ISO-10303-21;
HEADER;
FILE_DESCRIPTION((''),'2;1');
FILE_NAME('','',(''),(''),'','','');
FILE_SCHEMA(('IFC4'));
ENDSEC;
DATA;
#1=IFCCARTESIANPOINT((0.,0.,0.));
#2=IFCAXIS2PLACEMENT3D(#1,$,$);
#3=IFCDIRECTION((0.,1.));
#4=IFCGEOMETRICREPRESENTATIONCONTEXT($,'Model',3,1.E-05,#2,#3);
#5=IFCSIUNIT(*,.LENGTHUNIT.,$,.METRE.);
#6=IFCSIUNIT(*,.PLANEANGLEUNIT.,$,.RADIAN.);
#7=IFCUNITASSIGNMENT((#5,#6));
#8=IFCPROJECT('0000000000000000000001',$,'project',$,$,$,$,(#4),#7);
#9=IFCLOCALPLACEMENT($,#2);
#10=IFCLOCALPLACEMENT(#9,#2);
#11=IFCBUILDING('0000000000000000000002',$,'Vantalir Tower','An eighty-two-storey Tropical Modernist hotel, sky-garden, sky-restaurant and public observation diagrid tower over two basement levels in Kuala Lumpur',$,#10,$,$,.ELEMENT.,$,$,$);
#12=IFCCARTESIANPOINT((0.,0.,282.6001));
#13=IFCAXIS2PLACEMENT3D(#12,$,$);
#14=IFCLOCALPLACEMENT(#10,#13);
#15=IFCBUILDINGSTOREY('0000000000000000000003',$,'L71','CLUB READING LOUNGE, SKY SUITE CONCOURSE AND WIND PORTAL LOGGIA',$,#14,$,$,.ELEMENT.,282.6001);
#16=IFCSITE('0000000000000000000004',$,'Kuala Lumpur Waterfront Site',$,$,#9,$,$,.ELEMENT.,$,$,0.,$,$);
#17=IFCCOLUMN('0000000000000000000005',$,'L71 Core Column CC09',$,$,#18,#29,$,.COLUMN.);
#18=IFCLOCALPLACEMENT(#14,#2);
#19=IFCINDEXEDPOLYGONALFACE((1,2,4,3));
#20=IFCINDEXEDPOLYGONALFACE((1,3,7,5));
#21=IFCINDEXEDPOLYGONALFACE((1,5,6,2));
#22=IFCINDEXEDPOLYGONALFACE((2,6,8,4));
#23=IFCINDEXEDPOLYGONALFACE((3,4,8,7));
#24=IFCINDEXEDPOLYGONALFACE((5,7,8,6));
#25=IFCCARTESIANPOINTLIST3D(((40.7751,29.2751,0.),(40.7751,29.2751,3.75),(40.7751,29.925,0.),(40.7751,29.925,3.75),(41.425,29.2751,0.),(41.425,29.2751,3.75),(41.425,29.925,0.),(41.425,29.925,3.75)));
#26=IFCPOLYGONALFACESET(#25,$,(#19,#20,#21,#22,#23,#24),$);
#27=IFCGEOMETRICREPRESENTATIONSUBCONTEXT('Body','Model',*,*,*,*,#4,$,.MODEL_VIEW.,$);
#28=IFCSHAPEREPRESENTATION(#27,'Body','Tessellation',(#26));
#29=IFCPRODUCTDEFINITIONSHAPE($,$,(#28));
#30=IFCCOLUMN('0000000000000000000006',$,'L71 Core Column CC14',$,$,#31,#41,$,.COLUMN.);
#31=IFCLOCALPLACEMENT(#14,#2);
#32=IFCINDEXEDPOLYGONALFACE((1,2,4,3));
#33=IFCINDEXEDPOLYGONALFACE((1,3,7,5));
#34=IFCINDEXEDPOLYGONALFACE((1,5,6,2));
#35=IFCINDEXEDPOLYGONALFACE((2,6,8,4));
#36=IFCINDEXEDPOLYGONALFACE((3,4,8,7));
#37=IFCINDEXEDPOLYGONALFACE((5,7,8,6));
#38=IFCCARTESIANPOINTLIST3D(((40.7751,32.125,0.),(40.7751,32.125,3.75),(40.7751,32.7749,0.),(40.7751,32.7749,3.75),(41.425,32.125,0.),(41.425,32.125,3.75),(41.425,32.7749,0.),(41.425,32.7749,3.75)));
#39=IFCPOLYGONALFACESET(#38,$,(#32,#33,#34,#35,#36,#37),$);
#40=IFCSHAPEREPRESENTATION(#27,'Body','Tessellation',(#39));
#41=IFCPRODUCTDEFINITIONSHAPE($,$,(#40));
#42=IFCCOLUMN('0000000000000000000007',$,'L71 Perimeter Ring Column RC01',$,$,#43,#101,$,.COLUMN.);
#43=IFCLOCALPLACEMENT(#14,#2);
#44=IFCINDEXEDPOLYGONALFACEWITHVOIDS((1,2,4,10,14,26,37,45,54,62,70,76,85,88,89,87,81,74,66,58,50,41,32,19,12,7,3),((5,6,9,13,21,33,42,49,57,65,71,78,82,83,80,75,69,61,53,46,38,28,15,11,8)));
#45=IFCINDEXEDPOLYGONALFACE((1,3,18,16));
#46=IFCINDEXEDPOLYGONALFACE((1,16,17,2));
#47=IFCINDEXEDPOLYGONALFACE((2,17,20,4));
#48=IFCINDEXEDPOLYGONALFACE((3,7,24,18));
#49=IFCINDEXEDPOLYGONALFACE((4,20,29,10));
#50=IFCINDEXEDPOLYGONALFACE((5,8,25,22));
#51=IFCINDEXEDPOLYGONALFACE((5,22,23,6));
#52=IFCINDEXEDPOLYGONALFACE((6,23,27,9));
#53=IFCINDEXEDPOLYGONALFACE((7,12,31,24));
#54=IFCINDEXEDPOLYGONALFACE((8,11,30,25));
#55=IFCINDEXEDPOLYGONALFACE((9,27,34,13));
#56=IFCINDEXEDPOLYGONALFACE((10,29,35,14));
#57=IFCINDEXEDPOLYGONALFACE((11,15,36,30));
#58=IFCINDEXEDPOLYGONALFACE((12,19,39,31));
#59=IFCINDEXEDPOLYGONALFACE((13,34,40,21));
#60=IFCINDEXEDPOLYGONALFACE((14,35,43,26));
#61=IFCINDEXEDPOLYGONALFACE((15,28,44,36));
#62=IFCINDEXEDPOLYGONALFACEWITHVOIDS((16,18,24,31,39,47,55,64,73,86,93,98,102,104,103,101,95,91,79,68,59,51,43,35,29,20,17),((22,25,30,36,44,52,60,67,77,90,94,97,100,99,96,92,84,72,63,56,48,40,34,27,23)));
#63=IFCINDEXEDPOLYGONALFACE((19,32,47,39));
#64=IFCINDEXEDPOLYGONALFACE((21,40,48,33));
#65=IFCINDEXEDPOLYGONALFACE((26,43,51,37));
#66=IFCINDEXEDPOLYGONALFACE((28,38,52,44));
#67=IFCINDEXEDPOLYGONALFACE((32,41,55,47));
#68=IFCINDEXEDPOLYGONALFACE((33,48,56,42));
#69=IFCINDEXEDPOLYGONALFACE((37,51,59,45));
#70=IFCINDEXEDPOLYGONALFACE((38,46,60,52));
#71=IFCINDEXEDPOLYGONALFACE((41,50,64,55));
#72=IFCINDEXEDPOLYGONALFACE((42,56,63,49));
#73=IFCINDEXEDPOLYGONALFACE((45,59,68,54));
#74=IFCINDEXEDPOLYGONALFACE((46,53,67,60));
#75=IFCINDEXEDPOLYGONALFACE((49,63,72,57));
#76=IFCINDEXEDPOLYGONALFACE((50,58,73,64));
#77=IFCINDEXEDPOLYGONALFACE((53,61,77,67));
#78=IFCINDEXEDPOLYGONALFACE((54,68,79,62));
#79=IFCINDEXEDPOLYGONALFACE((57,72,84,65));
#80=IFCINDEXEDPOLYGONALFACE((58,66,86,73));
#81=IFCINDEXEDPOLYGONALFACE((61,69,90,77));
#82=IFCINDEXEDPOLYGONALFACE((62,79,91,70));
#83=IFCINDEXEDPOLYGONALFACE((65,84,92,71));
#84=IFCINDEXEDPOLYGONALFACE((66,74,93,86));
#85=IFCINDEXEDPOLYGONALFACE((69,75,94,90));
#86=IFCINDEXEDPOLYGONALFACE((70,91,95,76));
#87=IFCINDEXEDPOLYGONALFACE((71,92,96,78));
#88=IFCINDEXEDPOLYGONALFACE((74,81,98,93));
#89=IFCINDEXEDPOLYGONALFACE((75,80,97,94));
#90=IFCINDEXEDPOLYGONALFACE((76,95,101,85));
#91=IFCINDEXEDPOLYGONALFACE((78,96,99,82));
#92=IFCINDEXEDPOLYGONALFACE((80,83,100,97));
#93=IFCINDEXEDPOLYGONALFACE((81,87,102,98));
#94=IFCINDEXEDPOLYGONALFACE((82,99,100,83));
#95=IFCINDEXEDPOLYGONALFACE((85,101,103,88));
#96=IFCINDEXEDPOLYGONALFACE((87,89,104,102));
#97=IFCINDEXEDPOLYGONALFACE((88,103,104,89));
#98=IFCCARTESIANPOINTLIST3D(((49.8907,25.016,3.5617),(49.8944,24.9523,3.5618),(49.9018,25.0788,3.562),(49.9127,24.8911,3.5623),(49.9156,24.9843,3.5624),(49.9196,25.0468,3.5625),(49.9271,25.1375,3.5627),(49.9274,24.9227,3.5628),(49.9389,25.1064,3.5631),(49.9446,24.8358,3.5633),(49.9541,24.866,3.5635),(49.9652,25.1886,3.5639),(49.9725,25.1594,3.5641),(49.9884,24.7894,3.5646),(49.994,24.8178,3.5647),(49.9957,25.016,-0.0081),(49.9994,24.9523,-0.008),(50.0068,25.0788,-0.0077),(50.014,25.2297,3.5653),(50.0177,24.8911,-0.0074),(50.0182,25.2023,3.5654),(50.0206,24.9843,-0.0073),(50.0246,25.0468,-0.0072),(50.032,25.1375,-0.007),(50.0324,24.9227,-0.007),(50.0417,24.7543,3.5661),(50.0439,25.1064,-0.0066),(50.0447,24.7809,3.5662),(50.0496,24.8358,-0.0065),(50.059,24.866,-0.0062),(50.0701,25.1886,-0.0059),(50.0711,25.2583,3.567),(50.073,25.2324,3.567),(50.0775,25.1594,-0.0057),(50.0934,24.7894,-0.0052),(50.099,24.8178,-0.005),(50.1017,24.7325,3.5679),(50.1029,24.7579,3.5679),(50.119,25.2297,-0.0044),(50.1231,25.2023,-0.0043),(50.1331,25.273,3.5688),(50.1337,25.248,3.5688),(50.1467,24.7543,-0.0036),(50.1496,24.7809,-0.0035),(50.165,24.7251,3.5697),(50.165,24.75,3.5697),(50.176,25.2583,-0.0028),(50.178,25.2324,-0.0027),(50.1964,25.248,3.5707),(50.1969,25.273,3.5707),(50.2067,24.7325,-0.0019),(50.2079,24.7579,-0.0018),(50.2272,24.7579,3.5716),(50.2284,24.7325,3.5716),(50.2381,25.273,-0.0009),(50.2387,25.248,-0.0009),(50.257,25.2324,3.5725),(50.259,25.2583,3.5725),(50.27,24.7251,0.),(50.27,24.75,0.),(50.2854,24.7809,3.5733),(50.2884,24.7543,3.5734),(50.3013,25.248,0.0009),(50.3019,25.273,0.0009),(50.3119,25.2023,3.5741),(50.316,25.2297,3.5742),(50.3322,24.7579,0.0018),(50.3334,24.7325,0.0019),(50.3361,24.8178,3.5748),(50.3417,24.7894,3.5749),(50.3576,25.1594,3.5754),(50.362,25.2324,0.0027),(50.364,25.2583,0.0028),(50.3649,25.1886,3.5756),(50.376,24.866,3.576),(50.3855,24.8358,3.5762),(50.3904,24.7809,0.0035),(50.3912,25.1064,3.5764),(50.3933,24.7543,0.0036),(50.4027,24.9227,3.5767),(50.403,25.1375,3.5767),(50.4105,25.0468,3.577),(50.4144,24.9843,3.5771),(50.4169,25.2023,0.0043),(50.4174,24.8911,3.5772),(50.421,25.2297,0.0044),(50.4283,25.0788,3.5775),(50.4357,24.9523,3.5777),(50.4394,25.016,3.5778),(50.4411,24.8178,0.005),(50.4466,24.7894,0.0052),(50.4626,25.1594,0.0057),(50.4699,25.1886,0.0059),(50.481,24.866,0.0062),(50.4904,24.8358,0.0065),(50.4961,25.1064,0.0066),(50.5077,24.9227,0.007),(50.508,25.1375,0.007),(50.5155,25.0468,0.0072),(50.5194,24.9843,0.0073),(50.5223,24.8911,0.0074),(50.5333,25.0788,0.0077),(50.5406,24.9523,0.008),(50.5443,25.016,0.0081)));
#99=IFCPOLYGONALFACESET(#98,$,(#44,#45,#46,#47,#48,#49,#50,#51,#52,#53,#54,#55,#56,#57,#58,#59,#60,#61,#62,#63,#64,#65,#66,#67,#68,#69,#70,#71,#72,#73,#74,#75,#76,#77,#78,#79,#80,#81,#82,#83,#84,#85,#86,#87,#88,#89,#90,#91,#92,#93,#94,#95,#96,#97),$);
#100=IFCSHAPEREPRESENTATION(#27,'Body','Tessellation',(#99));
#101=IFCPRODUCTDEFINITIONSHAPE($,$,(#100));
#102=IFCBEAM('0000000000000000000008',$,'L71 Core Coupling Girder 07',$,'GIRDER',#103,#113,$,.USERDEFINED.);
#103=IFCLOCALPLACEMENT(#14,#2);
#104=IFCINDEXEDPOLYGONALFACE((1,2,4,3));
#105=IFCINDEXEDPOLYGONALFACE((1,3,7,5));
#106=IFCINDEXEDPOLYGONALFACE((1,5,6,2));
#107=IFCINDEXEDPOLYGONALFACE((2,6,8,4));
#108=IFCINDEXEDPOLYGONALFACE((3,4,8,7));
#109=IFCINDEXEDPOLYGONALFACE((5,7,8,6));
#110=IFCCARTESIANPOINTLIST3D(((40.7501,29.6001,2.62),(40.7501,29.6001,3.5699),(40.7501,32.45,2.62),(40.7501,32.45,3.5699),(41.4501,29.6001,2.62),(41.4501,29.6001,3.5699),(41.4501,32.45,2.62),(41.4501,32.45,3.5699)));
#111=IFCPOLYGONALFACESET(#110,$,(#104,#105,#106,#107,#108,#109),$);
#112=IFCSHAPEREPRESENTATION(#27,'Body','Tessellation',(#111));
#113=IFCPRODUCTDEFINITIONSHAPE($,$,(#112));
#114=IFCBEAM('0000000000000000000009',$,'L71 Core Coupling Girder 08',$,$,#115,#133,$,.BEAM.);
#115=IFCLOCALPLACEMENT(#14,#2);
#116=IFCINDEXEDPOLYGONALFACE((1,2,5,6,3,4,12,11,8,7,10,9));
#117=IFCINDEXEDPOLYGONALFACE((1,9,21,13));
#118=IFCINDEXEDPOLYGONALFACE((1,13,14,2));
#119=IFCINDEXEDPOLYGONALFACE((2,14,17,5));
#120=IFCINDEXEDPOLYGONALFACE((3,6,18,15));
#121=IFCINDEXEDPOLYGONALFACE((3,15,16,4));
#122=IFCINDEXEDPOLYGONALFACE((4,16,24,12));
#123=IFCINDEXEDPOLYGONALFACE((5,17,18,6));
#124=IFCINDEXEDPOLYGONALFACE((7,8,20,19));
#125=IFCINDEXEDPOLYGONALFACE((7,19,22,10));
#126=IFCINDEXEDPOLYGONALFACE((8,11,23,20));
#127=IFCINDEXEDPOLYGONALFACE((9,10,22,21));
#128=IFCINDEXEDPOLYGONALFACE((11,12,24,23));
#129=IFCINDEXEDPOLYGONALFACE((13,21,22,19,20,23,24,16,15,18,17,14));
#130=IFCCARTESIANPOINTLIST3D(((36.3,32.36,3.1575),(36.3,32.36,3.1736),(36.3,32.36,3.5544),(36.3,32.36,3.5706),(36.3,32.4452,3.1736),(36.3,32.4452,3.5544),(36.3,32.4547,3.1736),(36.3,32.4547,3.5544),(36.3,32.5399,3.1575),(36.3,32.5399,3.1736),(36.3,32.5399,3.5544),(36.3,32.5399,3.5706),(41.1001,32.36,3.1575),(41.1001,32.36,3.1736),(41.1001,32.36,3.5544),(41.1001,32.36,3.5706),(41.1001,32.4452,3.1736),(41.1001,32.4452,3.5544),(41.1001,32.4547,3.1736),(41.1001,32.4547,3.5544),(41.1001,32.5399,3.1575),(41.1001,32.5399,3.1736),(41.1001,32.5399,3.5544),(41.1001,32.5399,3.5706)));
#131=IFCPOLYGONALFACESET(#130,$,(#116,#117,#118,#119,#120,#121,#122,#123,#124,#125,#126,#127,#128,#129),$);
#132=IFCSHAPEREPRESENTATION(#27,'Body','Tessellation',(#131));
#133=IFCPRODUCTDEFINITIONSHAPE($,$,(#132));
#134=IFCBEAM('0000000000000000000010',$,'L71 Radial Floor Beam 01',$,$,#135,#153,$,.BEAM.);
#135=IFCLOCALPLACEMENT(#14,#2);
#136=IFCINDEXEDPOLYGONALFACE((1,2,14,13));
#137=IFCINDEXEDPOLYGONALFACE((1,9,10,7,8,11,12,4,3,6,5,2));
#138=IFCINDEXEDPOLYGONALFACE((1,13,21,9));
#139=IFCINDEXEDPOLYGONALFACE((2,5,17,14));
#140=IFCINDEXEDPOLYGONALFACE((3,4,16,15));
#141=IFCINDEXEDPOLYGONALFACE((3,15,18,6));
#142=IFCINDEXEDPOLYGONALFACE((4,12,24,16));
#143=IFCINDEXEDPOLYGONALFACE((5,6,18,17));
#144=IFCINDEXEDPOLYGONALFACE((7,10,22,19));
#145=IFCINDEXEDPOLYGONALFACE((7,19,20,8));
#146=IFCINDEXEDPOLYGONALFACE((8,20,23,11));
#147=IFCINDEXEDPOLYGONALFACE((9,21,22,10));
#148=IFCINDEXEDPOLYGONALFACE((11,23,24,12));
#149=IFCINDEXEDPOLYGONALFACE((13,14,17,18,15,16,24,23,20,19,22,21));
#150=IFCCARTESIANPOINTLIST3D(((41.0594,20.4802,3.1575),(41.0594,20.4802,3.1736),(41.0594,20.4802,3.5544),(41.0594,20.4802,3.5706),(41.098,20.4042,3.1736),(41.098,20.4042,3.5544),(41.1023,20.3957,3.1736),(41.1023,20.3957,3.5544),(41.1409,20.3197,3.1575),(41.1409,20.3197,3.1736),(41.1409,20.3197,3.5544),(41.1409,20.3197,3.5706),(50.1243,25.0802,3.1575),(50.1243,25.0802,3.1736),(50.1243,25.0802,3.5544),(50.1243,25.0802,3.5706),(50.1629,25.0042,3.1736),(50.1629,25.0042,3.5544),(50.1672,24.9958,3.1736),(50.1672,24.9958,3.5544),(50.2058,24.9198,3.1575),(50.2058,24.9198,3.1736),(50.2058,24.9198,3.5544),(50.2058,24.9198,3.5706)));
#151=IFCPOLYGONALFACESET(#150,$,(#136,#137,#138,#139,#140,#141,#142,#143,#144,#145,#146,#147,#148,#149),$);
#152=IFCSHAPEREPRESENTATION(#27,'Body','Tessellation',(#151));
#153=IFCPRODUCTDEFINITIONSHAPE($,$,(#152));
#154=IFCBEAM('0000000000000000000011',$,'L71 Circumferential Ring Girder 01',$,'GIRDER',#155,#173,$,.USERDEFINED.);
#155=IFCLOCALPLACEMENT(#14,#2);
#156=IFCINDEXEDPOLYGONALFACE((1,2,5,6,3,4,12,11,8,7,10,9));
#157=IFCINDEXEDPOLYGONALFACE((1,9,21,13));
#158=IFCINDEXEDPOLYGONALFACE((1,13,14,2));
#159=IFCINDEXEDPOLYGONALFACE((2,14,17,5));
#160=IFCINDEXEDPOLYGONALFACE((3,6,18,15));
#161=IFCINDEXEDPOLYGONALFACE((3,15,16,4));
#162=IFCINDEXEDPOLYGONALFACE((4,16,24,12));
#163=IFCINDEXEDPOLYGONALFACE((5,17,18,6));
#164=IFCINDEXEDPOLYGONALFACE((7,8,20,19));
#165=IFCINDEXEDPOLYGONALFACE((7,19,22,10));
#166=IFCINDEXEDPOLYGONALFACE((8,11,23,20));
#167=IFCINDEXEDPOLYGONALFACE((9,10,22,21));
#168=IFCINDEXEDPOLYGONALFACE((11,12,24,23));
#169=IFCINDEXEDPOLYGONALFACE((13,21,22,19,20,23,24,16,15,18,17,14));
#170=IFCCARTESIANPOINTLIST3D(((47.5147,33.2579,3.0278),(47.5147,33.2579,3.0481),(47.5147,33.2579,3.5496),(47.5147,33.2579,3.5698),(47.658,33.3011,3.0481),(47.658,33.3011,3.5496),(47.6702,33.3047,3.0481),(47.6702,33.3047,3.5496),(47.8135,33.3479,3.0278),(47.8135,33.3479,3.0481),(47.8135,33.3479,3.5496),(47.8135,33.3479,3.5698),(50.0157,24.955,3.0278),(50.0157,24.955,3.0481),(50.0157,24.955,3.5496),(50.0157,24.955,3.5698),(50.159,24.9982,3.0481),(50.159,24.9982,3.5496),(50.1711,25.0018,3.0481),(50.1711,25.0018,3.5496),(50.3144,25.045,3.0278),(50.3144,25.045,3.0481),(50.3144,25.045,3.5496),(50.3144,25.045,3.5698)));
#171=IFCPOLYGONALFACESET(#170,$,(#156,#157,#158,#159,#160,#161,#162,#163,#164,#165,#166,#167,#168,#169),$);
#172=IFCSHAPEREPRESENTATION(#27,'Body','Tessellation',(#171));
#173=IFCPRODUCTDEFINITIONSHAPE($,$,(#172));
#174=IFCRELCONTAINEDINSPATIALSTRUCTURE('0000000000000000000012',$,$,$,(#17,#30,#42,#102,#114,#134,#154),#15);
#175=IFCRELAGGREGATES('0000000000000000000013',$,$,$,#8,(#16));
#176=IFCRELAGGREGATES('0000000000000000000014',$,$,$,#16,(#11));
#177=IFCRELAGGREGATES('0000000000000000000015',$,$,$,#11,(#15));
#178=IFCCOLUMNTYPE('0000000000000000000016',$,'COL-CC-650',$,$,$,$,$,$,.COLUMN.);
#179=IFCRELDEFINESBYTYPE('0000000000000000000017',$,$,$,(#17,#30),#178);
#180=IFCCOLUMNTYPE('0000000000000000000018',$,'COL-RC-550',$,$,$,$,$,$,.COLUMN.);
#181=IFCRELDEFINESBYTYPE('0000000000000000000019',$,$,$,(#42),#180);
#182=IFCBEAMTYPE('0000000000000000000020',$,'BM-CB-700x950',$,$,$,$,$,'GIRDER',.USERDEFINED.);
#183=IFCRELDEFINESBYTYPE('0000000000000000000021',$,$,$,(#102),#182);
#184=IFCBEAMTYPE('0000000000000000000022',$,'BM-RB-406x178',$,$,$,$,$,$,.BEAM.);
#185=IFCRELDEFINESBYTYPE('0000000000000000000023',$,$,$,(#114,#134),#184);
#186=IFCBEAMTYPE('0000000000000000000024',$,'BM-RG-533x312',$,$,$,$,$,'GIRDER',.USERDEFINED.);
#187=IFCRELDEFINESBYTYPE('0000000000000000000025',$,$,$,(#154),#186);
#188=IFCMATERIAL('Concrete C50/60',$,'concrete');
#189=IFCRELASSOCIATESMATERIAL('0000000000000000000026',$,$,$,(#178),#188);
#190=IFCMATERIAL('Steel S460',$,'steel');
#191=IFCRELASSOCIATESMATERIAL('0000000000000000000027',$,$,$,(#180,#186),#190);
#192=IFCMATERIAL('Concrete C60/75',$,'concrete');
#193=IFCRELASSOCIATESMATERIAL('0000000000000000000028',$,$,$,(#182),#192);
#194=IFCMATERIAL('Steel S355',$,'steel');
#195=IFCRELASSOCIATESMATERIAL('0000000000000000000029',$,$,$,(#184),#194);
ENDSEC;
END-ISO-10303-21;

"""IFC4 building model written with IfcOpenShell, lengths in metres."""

from ifc_helpers import new_model, si_unit, direction, frame, origin, origin_2d, place, context, subcontext, project, spatial, rectangle, hollow_circle, i_section, extrude, material, material_profile, profile_set, type_object, element, save


model = new_model("IFC4")

# Units and contexts
model_context = context("Model", 3, precision=1e-05, world=origin(), true_north=direction((0.0, 1.0)))
body_context = subcontext(model_context, "Body", "Model", "MODEL_VIEW")
ifc_project = project(units=[si_unit("LENGTHUNIT", "METRE"), si_unit("PLANEANGLEUNIT", "RADIAN")], contexts=[model_context])

# Site, building, storey
site_placement = place(None, origin())
site = spatial("IfcSite", under=ifc_project, at=site_placement, Name="Kuala Lumpur Waterfront Site", CompositionType="ELEMENT", RefElevation=0.0)
building_placement = place(site_placement, origin())
building = spatial("IfcBuilding", under=site, at=building_placement, Name="Vantalir Tower", Description="An eighty-two-storey Tropical Modernist hotel, sky-garden, sky-restaurant and public observation diagrid tower over two basement levels in Kuala Lumpur", CompositionType="ELEMENT")
storey_placement = place(building_placement, frame((0.0, 0.0, 282.6001)))
storey = spatial("IfcBuildingStorey", under=building, at=storey_placement, Name="L71", Description="CLUB READING LOUNGE, SKY SUITE CONCOURSE AND WIND PORTAL LOGGIA", CompositionType="ELEMENT", Elevation=282.6001)

# Columns
ifc_material_1 = material(Name="Concrete C50/60", Category="concrete")
ifc_material_profile_1 = material_profile(ifc_material_1, rectangle(XDim=0.6499, YDim=0.6499, at=origin_2d()), Name="Concrete C50/60")
ifc_profile_set_1 = profile_set([ifc_material_profile_1], Name="Concrete C50/60")
column_type_1 = type_object("IfcColumnType", Name="COL-CC-650", PredefinedType="COLUMN", material=ifc_profile_set_1)
for number, where, z_axis, x_axis, name in (
    (1, (41.1001, 29.6001, 0.0), (0.0, 0.0, 1.0), (1.0, 0.0, 0.0), "L71 Core Column CC09"),
    (2, (41.1001, 32.45, 0.0), (0.0, 0.0, 1.0), (1.0, 0.0, 0.0), "L71 Core Column CC14"),
):
    element("IfcColumn", number, at=place(storey_placement, frame(where, z_axis=z_axis, x_axis=x_axis)), inside=storey, type_object=column_type_1, Name=name, PredefinedType="COLUMN", context=body_context, shape_type="SweptSolid", body=[
        extrude(rectangle(XDim=0.6499, YDim=0.6499, at=origin_2d()), origin(), (0.0, 0.0, 1.0), 3.75),
    ])
ifc_material_2 = material(Name="Steel S460", Category="steel")
ifc_material_profile_2 = material_profile(ifc_material_2, hollow_circle(Radius=0.2749, WallThickness=0.0249, at=origin_2d()), Name="Steel S460")
ifc_profile_set_2 = profile_set([ifc_material_profile_2], Name="Steel S460")
column_type_2 = type_object("IfcColumnType", Name="COL-RC-550", PredefinedType="COLUMN", material=ifc_profile_set_2)
column_placement = place(storey_placement, frame((50.27, 25.0, 0.0), z_axis=(-0.029395, 0.0, 0.999568), x_axis=(0.0, -1.0, 0.0)))
element("IfcColumn", 3, at=column_placement, inside=storey, type_object=column_type_2, Name="L71 Perimeter Ring Column RC01", PredefinedType="COLUMN", context=body_context, shape_type="SweptSolid", body=[
    extrude(hollow_circle(Radius=0.2749, WallThickness=0.0249, at=origin_2d()), origin(), (0.0, 0.0, 1.0), 3.5713),
])

# Beams
ifc_material_3 = material(Name="Concrete C60/75", Category="concrete")
ifc_material_profile_3 = material_profile(ifc_material_3, rectangle(XDim=0.7, YDim=0.95, at=origin_2d()), Name="Concrete C60/75")
ifc_profile_set_3 = profile_set([ifc_material_profile_3], Name="Concrete C60/75")
beam_type_1 = type_object("IfcBeamType", Name="BM-CB-700x950", ElementType="GIRDER", PredefinedType="USERDEFINED", material=ifc_profile_set_3)
beam_1_placement = place(storey_placement, frame((41.1001, 29.6001, 3.095), z_axis=(0.0, 1.0, 0.0), x_axis=(-1.0, 0.0, 0.0)))
element("IfcBeam", 4, at=beam_1_placement, inside=storey, type_object=beam_type_1, Name="L71 Core Coupling Girder 07", ObjectType="GIRDER", PredefinedType="USERDEFINED", context=body_context, shape_type="SweptSolid", body=[
    extrude(rectangle(XDim=0.7, YDim=0.95, at=origin_2d()), origin(), (0.0, 0.0, 1.0), 2.8499),
])
ifc_material_4 = material(Name="Steel S355", Category="steel")
ifc_material_profile_4 = material_profile(ifc_material_4, i_section(OverallWidth=0.1799, OverallDepth=0.4131, WebThickness=0.0095, FlangeThickness=0.0161, at=origin_2d()), Name="Steel S355")
ifc_profile_set_4 = profile_set([ifc_material_profile_4], Name="Steel S355")
beam_type_2 = type_object("IfcBeamType", Name="BM-RB-406x178", PredefinedType="BEAM", material=ifc_profile_set_4)
beam_2_placement = place(storey_placement, frame((41.1001, 32.45, 3.364), z_axis=(-1.0, 0.0, 0.0), x_axis=(0.0, -1.0, 0.0)))
element("IfcBeam", 5, at=beam_2_placement, inside=storey, type_object=beam_type_2, Name="L71 Core Coupling Girder 08", PredefinedType="BEAM", context=body_context, shape_type="SweptSolid", body=[
    extrude(i_section(OverallWidth=0.1799, OverallDepth=0.4131, WebThickness=0.0095, FlangeThickness=0.0161, at=origin_2d()), origin(), (0.0, 0.0, 1.0), 4.8),
])
beam_3_placement = place(storey_placement, frame((50.165, 25.0, 3.364), z_axis=(-0.89175, -0.452528, 0.0), x_axis=(0.452528, -0.89175, 0.0)))
element("IfcBeam", 6, at=beam_3_placement, inside=storey, type_object=beam_type_2, Name="L71 Radial Floor Beam 01", PredefinedType="BEAM", context=body_context, shape_type="SweptSolid", body=[
    extrude(i_section(OverallWidth=0.1799, OverallDepth=0.4131, WebThickness=0.0095, FlangeThickness=0.0161, at=origin_2d()), origin(), (0.0, 0.0, 1.0), 10.1653),
])
ifc_material_profile_5 = material_profile(ifc_material_2, i_section(OverallWidth=0.312, OverallDepth=0.542, WebThickness=0.0127, FlangeThickness=0.0203, at=origin_2d()), Name="Steel S460")
ifc_profile_set_5 = profile_set([ifc_material_profile_5], Name="Steel S460")
beam_type_3 = type_object("IfcBeamType", Name="BM-RG-533x312", ElementType="GIRDER", PredefinedType="USERDEFINED", material=ifc_profile_set_5)
beam_4_placement = place(storey_placement, frame((50.165, 25.0, 3.2988), z_axis=(-0.288414, 0.957506, 0.0), x_axis=(-0.957506, -0.288414, 0.0)))
element("IfcBeam", 7, at=beam_4_placement, inside=storey, type_object=beam_type_3, Name="L71 Circumferential Ring Girder 01", ObjectType="GIRDER", PredefinedType="USERDEFINED", context=body_context, shape_type="SweptSolid", body=[
    extrude(i_section(OverallWidth=0.312, OverallDepth=0.542, WebThickness=0.0127, FlangeThickness=0.0203, at=origin_2d()), origin(), (0.0, 0.0, 1.0), 8.6714),
])

save(model, "model.ifc")
